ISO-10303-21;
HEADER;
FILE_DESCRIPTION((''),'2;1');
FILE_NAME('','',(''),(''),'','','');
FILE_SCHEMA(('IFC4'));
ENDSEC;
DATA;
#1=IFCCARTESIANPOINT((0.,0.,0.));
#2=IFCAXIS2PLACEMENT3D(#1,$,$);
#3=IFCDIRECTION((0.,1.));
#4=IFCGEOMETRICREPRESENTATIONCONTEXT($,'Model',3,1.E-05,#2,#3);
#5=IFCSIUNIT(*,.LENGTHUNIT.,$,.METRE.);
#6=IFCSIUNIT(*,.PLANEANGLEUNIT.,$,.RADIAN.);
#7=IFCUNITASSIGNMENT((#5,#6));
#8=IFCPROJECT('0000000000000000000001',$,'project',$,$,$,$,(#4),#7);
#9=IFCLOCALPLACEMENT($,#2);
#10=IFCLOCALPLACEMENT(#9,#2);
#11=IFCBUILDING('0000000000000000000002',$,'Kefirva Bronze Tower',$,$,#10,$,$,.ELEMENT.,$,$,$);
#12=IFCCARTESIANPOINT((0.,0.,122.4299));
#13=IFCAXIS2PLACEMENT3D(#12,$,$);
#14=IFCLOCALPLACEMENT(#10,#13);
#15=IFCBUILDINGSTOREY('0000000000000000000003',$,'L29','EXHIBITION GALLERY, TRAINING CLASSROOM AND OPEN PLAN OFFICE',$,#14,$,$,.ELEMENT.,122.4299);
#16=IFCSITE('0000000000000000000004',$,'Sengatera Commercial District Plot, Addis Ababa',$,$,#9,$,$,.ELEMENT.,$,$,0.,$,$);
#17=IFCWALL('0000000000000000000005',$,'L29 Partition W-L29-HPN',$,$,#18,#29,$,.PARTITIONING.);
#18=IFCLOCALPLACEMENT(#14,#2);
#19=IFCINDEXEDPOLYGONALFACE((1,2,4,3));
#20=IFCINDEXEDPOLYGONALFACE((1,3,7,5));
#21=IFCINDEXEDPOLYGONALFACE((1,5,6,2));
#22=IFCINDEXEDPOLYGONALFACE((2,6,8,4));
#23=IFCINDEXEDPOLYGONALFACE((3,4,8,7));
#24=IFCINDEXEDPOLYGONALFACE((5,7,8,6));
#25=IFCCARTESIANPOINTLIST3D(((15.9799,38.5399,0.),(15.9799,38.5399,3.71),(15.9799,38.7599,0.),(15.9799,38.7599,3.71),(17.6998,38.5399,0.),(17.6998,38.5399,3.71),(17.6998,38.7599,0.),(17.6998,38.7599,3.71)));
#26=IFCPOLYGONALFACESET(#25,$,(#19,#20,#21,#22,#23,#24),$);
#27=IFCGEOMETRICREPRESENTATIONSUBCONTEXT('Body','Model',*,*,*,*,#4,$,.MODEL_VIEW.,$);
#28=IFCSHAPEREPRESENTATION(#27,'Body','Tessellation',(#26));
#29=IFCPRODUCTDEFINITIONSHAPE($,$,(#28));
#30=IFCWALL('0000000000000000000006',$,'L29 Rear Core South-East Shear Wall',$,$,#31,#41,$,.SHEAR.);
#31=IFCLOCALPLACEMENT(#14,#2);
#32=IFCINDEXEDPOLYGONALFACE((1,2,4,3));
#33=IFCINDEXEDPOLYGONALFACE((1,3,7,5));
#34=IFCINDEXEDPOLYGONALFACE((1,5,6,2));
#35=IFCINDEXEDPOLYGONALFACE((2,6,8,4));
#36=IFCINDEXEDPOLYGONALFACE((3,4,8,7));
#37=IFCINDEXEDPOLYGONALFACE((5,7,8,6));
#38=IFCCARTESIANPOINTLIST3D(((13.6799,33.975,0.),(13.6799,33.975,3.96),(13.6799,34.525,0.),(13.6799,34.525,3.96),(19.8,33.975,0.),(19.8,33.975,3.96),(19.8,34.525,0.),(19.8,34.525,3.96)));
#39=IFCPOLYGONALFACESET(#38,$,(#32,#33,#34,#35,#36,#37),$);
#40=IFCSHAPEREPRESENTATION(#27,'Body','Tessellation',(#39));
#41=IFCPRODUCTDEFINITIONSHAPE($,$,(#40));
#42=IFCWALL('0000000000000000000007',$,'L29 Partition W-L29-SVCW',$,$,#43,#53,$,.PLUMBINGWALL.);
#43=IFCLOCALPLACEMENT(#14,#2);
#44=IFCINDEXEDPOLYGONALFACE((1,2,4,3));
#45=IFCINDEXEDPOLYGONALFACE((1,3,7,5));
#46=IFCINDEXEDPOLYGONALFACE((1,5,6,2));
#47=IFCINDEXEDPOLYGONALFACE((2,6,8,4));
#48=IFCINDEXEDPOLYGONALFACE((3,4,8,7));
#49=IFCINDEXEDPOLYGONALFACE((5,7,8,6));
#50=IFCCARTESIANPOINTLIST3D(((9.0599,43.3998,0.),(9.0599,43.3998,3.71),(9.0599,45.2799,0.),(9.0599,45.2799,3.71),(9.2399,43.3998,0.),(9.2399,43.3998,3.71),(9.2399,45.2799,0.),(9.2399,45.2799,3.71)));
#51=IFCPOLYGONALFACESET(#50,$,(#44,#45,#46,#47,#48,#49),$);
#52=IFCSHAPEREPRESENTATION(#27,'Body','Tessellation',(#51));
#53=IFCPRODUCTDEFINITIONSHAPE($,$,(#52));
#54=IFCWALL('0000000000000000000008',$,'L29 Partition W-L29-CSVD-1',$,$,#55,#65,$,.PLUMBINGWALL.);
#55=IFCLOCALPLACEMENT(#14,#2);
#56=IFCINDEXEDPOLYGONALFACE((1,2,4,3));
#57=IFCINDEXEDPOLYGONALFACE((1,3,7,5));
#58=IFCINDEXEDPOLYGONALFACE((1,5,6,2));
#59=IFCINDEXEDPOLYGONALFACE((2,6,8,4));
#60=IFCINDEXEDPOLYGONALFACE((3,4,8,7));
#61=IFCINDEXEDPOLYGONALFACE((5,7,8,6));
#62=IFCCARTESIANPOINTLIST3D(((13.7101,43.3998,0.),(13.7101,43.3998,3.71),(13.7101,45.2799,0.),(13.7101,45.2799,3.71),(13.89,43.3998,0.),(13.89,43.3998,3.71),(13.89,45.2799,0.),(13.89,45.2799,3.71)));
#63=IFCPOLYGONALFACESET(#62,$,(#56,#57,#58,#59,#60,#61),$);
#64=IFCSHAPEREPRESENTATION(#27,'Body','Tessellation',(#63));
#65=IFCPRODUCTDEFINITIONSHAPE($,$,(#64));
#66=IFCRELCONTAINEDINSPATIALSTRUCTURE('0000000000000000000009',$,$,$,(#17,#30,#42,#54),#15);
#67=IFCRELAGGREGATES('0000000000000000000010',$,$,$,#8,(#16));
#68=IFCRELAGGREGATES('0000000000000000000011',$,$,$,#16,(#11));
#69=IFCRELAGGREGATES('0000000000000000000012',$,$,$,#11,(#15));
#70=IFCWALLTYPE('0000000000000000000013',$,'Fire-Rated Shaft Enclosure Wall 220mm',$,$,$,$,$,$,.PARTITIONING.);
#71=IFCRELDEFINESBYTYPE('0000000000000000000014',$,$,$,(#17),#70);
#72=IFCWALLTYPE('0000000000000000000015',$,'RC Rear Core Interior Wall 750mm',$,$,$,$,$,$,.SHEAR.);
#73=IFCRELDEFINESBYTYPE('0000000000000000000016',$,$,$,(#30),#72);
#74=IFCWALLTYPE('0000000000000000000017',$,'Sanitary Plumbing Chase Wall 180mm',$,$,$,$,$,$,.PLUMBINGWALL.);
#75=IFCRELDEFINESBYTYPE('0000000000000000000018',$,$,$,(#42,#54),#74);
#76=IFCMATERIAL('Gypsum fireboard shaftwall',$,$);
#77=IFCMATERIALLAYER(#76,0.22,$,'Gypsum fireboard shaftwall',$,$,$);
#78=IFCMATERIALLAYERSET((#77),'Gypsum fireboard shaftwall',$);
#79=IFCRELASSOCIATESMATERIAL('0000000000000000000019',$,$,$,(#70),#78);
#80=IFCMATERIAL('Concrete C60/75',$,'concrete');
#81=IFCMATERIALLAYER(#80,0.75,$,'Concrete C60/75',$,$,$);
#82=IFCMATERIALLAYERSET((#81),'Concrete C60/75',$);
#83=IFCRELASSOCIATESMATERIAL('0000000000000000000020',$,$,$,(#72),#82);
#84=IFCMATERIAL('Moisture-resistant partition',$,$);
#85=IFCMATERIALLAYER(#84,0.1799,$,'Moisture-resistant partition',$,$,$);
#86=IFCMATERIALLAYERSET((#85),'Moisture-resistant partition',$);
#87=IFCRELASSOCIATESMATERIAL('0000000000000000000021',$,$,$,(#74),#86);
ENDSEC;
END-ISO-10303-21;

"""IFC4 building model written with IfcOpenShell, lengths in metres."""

from ifc_helpers import new_model, si_unit, direction, frame, frame_2d, origin, place, context, subcontext, project, spatial, rectangle, extrude, material, layer, layer_set, type_object, element, save


model = new_model("IFC4")

# Units and contexts
model_context = context("Model", 3, precision=1e-05, world=origin(), true_north=direction((0.0, 1.0)))
body_context = subcontext(model_context, "Body", "Model", "MODEL_VIEW")
ifc_project = project(units=[si_unit("LENGTHUNIT", "METRE"), si_unit("PLANEANGLEUNIT", "RADIAN")], contexts=[model_context])

# Site, building, storey
site_placement = place(None, origin())
site = spatial("IfcSite", under=ifc_project, at=site_placement, Name="Sengatera Commercial District Plot, Addis Ababa", CompositionType="ELEMENT", RefElevation=0.0)
building_placement = place(site_placement, origin())
building = spatial("IfcBuilding", under=site, at=building_placement, Name="Kefirva Bronze Tower", CompositionType="ELEMENT")
storey_placement = place(building_placement, frame((0.0, 0.0, 122.4299)))
storey = spatial("IfcBuildingStorey", under=building, at=storey_placement, Name="L29", Description="EXHIBITION GALLERY, TRAINING CLASSROOM AND OPEN PLAN OFFICE", CompositionType="ELEMENT", Elevation=122.4299)

# Shared definitions
ifc_material_1 = material(Name="Concrete C60/75", Category="concrete")

# Shared definitions
ifc_material_2 = material(Name="Gypsum fireboard shaftwall")
ifc_layer_1 = layer(ifc_material_2, 0.22, Name="Gypsum fireboard shaftwall")
ifc_layer_set_1 = layer_set([ifc_layer_1], Name="Gypsum fireboard shaftwall")
wall_type_1 = type_object("IfcWallType", Name="Fire-Rated Shaft Enclosure Wall 220mm", PredefinedType="PARTITIONING", material=ifc_layer_set_1)

# Walls
wall_1_placement = place(storey_placement, frame((15.98, 38.6499, 0.0), z_axis=(0.0, 0.0, 1.0), x_axis=(1.0, 0.0, 0.0)))
element("IfcWall", 1, at=wall_1_placement, inside=storey, type_object=wall_type_1, Name="L29 Partition W-L29-HPN", PredefinedType="PARTITIONING", context=body_context, shape_type="SweptSolid", body=[
    extrude(rectangle(XDim=1.72, YDim=0.22, at=frame_2d((0.8599, 0.0))), origin(), (0.0, 0.0, 1.0), 3.71),
])
ifc_layer_2 = layer(ifc_material_1, 0.75, Name="Concrete C60/75")
ifc_layer_set_2 = layer_set([ifc_layer_2], Name="Concrete C60/75")
wall_type_2 = type_object("IfcWallType", Name="RC Rear Core Interior Wall 750mm", PredefinedType="SHEAR", material=ifc_layer_set_2)
wall_2_placement = place(storey_placement, frame((13.6799, 34.25, 0.0), z_axis=(0.0, 0.0, 1.0), x_axis=(1.0, 0.0, 0.0)))
element("IfcWall", 2, at=wall_2_placement, inside=storey, type_object=wall_type_2, Name="L29 Rear Core South-East Shear Wall", PredefinedType="SHEAR", context=body_context, shape_type="SweptSolid", body=[
    extrude(rectangle(XDim=6.1201, YDim=0.55, at=frame_2d((3.0601, 0.0))), origin(), (0.0, 0.0, 1.0), 3.96),
])
ifc_material_3 = material(Name="Moisture-resistant partition")
ifc_layer_3 = layer(ifc_material_3, 0.1799, Name="Moisture-resistant partition")
ifc_layer_set_3 = layer_set([ifc_layer_3], Name="Moisture-resistant partition")
wall_type_3 = type_object("IfcWallType", Name="Sanitary Plumbing Chase Wall 180mm", PredefinedType="PLUMBINGWALL", material=ifc_layer_set_3)
for number, where, z_axis, x_axis, name in (
    (3, (9.1499, 43.3999, 0.0), (0.0, 0.0, 1.0), (0.0, 1.0, 0.0), "L29 Partition W-L29-SVCW"),
    (4, (13.8, 43.3999, 0.0), (0.0, 0.0, 1.0), (0.0, 1.0, 0.0), "L29 Partition W-L29-CSVD-1"),
):
    element("IfcWall", number, at=place(storey_placement, frame(where, z_axis=z_axis, x_axis=x_axis)), inside=storey, type_object=wall_type_3, Name=name, PredefinedType="PLUMBINGWALL", context=body_context, shape_type="SweptSolid", body=[
        extrude(rectangle(XDim=1.8801, YDim=0.1799, at=frame_2d((0.9399, 0.0))), origin(), (0.0, 0.0, 1.0), 3.71),
    ])

save(model, "model.ifc")
